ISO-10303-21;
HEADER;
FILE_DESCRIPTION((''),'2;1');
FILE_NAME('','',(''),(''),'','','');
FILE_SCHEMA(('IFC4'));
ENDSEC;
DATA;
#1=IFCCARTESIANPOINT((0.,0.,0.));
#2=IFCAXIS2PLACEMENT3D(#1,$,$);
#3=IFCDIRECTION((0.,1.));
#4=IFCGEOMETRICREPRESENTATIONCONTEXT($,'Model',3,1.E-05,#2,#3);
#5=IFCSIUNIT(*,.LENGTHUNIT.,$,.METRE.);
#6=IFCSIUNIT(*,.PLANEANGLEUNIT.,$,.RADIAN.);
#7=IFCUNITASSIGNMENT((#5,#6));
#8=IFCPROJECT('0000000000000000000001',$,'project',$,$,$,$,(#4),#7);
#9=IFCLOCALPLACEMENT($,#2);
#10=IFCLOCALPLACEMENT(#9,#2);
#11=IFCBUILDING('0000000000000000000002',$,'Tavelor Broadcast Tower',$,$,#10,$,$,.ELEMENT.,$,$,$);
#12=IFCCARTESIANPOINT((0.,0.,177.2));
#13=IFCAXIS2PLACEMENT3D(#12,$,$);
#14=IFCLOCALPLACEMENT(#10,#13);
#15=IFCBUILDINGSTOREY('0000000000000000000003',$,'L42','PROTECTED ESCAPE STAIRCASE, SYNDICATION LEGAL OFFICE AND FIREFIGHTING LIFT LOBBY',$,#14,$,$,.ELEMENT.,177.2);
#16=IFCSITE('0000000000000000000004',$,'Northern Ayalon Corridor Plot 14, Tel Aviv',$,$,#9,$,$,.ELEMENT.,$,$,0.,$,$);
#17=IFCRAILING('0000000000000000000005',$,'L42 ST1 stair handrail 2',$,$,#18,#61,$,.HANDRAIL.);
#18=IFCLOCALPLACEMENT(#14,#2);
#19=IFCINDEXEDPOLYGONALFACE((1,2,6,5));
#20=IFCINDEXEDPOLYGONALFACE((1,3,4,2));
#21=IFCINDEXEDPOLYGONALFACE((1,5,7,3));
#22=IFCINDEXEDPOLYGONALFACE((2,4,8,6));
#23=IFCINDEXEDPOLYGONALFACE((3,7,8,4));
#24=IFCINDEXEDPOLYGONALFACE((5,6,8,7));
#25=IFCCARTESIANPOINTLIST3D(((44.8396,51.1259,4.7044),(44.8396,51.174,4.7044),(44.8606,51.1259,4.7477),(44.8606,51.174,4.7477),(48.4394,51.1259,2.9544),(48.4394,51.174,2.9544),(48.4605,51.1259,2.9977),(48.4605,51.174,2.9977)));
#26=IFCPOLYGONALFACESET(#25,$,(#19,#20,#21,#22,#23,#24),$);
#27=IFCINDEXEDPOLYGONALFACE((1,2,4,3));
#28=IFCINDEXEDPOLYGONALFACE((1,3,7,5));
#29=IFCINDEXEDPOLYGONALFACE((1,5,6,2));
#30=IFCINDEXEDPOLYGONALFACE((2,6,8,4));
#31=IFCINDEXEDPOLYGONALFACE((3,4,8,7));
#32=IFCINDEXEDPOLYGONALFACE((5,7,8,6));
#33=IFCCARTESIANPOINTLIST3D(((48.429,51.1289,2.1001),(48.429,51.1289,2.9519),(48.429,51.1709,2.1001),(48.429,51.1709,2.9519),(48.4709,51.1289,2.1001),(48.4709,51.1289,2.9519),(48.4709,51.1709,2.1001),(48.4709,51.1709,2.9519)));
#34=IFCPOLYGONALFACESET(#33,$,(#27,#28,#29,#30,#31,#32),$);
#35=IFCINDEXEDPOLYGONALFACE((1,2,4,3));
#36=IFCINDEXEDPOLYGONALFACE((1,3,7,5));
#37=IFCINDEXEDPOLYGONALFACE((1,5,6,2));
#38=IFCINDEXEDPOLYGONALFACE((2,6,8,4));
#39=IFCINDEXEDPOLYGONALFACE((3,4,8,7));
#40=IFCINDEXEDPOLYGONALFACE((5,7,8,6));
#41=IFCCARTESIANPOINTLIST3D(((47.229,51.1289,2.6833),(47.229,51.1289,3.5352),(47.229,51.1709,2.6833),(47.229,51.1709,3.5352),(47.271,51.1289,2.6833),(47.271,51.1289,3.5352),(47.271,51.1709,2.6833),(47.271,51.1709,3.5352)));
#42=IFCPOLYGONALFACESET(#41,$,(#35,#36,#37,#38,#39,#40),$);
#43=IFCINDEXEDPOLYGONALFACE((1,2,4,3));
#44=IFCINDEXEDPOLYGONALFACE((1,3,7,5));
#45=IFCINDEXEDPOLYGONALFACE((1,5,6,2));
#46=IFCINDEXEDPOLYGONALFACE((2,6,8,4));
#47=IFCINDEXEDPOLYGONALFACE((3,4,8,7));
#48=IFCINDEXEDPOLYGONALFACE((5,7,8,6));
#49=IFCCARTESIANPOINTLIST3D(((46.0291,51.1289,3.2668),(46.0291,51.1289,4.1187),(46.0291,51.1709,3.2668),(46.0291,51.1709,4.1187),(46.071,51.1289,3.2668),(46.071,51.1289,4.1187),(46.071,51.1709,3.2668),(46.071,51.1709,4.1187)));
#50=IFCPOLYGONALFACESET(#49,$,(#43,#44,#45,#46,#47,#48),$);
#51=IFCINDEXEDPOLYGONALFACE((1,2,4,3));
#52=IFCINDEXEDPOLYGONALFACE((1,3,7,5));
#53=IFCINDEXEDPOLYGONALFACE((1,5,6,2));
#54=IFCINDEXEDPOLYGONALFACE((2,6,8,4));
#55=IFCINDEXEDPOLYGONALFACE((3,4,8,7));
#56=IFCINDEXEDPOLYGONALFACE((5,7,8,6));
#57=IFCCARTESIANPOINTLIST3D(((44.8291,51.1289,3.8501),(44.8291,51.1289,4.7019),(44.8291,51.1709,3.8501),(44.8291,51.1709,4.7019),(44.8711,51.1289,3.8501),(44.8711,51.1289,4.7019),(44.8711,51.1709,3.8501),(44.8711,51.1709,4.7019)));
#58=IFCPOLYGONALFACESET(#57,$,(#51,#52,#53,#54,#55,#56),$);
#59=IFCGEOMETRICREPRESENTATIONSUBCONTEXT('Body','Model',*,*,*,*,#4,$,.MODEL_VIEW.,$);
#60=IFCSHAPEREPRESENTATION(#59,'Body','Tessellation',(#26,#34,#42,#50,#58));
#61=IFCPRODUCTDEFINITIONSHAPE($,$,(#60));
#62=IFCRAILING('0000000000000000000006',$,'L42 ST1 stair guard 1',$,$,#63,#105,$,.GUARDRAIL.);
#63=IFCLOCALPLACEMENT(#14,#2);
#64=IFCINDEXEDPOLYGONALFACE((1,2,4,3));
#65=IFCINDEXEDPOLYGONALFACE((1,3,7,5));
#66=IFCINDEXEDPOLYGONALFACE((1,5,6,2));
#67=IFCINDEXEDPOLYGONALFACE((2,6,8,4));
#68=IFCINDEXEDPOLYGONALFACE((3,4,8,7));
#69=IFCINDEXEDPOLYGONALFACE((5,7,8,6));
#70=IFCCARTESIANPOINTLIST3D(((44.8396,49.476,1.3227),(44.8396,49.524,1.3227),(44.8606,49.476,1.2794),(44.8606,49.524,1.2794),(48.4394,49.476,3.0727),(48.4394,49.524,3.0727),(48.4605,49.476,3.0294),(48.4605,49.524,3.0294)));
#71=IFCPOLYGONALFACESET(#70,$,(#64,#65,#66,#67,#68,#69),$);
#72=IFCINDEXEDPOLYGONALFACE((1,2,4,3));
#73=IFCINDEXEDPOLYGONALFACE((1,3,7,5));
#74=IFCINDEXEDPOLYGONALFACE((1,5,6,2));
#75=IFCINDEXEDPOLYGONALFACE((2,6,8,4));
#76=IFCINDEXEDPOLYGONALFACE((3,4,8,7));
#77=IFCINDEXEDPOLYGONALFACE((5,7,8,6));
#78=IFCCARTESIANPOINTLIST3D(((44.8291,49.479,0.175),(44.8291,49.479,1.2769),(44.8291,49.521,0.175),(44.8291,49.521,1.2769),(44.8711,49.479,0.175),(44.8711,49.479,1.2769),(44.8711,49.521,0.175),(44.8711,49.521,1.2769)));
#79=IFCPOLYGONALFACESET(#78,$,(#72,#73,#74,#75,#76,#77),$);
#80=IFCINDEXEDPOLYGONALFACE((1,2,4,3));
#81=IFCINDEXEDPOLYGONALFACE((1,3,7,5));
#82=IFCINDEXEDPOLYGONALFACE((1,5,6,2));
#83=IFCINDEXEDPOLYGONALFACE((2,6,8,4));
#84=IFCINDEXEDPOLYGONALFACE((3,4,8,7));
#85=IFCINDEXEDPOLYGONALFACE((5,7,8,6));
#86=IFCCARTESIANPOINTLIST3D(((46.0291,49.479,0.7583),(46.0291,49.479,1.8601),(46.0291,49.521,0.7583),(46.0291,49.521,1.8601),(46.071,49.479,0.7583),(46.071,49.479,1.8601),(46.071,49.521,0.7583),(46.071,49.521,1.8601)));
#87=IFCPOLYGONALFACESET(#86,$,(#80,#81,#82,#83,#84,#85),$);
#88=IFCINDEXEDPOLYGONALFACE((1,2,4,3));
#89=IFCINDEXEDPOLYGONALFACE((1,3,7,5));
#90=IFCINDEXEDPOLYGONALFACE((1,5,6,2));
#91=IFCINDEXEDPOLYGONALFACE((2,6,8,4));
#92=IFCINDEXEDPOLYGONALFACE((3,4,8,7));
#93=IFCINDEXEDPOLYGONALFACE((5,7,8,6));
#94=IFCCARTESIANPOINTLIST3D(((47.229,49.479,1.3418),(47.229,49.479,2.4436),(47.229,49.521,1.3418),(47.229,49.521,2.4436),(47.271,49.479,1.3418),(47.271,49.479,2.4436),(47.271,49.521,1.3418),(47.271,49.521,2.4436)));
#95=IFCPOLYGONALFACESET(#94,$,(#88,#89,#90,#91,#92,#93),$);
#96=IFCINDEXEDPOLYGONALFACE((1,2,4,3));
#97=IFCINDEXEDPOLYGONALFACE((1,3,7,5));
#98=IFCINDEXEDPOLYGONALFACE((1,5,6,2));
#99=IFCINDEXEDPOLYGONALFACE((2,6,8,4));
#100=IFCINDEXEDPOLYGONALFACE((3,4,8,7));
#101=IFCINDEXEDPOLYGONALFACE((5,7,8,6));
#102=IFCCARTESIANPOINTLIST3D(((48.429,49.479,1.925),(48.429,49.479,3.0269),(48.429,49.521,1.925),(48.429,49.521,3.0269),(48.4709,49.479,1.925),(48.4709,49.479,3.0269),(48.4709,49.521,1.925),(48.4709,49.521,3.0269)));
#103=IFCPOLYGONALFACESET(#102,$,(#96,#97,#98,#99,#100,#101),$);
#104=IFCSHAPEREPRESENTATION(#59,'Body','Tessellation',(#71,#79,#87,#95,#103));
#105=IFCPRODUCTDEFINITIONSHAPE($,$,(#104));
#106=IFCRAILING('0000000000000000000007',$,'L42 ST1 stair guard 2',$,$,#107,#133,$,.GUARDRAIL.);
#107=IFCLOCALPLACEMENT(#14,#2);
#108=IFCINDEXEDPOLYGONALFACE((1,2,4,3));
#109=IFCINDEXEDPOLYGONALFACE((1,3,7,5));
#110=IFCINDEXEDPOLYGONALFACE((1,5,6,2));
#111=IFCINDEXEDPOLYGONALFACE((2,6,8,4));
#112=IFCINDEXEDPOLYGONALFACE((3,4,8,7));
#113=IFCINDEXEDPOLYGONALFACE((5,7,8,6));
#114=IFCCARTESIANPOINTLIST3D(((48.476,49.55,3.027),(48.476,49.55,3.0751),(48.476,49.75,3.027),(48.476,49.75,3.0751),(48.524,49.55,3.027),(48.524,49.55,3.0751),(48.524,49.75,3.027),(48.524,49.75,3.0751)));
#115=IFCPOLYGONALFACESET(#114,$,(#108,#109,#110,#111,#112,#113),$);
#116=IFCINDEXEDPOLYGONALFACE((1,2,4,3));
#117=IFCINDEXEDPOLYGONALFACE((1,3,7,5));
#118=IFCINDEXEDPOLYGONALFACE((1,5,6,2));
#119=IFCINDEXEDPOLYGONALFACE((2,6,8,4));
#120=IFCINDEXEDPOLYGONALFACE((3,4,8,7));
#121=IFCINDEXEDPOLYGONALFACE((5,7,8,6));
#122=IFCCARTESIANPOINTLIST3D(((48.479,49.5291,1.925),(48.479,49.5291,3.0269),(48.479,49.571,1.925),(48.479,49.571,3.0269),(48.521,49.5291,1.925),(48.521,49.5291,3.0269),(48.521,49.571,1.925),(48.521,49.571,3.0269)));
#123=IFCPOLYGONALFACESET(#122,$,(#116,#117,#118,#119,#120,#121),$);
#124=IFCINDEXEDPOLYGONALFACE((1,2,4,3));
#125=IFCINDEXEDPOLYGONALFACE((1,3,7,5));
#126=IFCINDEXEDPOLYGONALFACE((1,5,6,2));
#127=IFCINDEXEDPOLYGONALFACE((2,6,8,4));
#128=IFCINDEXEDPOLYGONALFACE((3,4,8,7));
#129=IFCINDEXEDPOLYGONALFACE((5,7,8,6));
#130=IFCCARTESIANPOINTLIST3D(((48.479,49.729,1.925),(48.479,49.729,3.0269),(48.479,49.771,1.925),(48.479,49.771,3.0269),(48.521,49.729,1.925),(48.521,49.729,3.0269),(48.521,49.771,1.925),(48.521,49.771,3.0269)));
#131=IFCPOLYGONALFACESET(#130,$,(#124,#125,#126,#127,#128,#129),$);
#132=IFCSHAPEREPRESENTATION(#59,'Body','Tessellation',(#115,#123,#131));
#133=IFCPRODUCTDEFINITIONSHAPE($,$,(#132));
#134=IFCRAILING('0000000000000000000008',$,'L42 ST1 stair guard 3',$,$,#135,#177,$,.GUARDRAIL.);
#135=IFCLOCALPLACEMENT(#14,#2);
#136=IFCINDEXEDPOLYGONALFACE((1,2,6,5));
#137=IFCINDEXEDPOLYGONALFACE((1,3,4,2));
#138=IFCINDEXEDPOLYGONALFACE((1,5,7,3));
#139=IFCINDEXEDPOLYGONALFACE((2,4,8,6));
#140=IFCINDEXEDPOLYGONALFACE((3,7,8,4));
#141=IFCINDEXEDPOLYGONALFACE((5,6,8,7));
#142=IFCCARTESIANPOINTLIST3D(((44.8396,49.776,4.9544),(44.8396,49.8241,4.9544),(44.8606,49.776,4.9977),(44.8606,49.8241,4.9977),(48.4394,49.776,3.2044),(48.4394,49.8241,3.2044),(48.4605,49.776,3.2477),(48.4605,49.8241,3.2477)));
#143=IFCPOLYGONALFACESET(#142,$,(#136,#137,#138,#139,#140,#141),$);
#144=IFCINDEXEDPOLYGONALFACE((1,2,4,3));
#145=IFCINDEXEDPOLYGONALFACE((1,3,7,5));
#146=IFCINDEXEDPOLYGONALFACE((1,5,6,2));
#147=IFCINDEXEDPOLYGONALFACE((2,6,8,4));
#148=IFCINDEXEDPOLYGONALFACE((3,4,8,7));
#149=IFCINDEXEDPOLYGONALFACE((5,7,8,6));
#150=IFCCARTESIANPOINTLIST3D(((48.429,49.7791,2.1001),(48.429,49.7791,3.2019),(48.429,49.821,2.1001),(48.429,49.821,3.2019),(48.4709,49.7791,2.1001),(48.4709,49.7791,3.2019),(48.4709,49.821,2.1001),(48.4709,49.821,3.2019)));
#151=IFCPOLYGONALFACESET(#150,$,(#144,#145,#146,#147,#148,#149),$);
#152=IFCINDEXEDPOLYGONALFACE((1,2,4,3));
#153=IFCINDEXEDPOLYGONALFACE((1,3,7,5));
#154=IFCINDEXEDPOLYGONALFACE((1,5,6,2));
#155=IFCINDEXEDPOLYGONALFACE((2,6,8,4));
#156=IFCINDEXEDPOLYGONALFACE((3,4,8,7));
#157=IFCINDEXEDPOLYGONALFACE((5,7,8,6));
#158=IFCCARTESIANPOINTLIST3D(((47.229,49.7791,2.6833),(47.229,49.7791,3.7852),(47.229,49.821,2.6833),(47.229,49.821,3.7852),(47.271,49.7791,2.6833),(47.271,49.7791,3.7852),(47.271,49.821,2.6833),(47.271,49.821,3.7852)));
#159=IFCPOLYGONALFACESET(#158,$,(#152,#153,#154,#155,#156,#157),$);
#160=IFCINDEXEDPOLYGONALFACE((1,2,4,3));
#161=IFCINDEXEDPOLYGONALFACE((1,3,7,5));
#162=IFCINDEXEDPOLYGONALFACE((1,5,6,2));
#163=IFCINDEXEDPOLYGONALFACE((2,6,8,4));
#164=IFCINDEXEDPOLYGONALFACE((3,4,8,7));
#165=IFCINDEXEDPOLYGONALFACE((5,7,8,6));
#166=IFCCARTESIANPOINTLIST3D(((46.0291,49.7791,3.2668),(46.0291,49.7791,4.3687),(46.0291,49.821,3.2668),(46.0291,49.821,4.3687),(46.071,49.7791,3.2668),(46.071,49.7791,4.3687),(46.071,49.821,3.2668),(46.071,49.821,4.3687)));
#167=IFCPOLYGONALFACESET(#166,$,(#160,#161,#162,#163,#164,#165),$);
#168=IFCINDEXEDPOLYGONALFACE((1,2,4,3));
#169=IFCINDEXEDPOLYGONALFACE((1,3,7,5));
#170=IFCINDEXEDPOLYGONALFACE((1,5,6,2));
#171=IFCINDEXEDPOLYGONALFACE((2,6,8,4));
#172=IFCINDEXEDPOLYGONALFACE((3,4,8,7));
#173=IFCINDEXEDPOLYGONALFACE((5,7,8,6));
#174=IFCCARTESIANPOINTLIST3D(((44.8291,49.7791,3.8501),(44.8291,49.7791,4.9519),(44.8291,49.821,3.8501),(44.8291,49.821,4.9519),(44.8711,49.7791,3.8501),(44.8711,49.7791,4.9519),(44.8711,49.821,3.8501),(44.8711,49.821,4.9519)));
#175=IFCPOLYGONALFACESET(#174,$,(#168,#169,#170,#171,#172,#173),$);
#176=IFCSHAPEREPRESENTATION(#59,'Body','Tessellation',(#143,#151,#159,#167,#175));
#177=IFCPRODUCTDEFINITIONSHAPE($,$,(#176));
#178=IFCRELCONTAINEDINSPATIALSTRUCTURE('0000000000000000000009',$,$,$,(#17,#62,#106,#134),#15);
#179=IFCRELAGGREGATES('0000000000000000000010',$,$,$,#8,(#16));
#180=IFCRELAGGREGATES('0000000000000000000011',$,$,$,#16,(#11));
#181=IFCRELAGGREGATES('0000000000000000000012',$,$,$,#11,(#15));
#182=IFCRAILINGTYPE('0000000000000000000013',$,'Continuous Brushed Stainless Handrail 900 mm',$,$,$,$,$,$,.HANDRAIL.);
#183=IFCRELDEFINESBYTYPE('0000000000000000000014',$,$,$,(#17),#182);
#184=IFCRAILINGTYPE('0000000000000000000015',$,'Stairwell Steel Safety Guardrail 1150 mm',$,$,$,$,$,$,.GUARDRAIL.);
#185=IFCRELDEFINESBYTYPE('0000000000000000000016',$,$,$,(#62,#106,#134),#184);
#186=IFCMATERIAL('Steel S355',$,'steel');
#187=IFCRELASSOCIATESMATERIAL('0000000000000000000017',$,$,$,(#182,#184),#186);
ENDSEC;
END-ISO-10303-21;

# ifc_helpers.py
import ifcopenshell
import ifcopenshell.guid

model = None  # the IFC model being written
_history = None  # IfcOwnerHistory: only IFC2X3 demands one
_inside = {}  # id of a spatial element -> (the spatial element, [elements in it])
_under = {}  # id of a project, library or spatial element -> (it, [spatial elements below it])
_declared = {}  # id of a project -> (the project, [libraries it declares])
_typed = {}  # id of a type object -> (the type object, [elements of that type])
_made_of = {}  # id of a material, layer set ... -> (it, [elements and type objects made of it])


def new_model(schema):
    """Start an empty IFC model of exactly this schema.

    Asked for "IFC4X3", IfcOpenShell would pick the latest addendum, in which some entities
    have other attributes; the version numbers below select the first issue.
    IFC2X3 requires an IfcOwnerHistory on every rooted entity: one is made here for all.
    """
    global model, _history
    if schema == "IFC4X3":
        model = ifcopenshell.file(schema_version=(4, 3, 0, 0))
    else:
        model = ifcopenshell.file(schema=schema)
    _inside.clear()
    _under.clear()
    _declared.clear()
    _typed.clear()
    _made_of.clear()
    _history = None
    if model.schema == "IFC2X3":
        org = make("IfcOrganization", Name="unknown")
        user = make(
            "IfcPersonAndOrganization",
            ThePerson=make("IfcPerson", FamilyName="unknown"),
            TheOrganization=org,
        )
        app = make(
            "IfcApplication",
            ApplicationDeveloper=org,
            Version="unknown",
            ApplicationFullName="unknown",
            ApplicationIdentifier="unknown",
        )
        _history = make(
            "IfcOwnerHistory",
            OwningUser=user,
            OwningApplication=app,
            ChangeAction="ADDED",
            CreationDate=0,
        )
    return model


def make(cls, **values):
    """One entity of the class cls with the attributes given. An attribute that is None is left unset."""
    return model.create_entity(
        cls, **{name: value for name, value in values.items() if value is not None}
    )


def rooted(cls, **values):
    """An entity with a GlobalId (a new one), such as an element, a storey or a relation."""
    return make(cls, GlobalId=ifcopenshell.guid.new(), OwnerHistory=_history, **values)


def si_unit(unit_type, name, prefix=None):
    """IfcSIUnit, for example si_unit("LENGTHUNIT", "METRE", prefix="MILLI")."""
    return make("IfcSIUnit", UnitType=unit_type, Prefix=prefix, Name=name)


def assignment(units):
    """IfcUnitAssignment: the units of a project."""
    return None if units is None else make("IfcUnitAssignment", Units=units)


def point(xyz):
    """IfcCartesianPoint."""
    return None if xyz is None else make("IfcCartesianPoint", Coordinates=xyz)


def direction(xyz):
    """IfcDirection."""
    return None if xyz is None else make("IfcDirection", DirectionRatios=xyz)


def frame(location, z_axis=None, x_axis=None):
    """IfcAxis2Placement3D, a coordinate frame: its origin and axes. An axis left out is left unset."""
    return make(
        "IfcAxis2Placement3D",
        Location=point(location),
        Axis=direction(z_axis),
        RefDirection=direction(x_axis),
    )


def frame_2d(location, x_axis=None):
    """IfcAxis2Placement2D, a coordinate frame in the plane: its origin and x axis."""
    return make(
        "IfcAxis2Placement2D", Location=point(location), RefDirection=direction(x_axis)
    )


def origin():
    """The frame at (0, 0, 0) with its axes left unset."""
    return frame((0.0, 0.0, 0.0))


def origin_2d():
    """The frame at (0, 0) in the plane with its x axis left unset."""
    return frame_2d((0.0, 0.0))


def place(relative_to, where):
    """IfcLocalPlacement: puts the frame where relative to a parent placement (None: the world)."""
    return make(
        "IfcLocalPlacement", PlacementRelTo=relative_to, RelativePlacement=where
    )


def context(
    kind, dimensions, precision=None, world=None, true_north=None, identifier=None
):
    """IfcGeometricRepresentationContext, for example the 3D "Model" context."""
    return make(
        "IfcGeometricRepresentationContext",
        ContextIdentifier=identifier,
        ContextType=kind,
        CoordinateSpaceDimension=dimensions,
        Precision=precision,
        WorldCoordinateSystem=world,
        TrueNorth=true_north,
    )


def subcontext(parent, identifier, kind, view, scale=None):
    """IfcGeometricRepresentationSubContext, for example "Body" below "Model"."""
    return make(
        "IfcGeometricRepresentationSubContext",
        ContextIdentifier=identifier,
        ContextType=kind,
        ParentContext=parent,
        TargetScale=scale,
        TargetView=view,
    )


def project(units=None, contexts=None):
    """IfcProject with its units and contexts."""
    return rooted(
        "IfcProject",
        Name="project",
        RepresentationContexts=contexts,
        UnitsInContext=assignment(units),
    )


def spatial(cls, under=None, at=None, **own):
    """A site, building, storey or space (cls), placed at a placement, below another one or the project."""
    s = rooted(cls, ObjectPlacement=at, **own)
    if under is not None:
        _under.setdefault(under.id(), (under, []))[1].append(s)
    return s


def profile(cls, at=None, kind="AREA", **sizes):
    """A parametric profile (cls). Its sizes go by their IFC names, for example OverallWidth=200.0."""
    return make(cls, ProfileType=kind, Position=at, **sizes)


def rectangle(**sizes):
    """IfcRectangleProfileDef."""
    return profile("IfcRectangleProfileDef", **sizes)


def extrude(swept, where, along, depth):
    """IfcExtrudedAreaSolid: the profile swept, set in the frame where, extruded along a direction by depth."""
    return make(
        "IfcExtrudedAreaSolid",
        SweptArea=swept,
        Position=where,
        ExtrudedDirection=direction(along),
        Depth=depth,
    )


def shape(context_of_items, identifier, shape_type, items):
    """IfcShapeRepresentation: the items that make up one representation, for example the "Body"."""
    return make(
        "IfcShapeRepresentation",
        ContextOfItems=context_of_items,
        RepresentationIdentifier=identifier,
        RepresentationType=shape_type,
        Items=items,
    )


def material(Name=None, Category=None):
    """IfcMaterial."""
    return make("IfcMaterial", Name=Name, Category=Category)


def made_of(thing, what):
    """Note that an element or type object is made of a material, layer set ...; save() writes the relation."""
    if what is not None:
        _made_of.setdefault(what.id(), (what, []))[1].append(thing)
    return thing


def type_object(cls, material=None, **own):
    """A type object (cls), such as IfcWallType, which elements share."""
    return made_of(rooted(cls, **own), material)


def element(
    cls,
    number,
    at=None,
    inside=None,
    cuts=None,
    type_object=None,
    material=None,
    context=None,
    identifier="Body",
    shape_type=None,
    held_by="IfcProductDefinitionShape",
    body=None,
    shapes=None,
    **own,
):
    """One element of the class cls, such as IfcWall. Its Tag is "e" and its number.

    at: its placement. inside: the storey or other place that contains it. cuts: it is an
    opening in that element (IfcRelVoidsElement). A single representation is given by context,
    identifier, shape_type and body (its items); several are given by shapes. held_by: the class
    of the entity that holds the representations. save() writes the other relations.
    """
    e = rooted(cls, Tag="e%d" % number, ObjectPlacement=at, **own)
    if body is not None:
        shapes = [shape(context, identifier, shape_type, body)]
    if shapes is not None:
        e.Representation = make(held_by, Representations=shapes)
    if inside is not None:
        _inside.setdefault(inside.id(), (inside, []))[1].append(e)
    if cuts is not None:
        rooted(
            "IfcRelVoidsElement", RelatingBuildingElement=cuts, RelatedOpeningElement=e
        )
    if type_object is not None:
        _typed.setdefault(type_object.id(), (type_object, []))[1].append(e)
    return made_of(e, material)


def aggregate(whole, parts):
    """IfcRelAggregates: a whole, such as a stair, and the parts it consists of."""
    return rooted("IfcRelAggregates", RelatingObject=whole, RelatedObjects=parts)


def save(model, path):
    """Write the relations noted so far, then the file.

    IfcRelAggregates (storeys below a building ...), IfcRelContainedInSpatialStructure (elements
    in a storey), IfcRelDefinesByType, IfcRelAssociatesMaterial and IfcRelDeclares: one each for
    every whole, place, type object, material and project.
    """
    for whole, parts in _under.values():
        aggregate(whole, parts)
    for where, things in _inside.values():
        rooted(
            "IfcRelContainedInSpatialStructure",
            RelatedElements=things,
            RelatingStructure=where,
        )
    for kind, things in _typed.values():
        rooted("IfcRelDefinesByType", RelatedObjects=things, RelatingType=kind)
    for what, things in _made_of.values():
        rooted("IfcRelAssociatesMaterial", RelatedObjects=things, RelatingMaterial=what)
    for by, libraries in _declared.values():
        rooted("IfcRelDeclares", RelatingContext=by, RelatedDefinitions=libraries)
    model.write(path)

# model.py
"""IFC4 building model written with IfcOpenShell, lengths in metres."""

from ifc_helpers import new_model, si_unit, direction, frame, origin, origin_2d, place, context, subcontext, project, spatial, rectangle, extrude, material, type_object, element, save


model = new_model("IFC4")

# Units and contexts
model_context = context("Model", 3, precision=1e-05, world=origin(), true_north=direction((0.0, 1.0)))
body_context = subcontext(model_context, "Body", "Model", "MODEL_VIEW")
ifc_project = project(units=[si_unit("LENGTHUNIT", "METRE"), si_unit("PLANEANGLEUNIT", "RADIAN")], contexts=[model_context])

# Site, building, storey
site_placement = place(None, origin())
site = spatial("IfcSite", under=ifc_project, at=site_placement, Name="Northern Ayalon Corridor Plot 14, Tel Aviv", CompositionType="ELEMENT", RefElevation=0.0)
building_placement = place(site_placement, origin())
building = spatial("IfcBuilding", under=site, at=building_placement, Name="Tavelor Broadcast Tower", CompositionType="ELEMENT")
storey_placement = place(building_placement, frame((0.0, 0.0, 177.2)))
storey = spatial("IfcBuildingStorey", under=building, at=storey_placement, Name="L42", Description="PROTECTED ESCAPE STAIRCASE, SYNDICATION LEGAL OFFICE AND FIREFIGHTING LIFT LOBBY", CompositionType="ELEMENT", Elevation=177.2)

# Shared definitions
ifc_material_1 = material(Name="Steel S355", Category="steel")

# Railings
railing_type_1 = type_object("IfcRailingType", Name="Continuous Brushed Stainless Handrail 900 mm", PredefinedType="HANDRAIL", material=ifc_material_1)
railing_1_placement = place(storey_placement, frame((48.45, 51.1499, 2.1001)))
element("IfcRailing", 1, at=railing_1_placement, inside=storey, type_object=railing_type_1, Name="L42 ST1 stair handrail 2", PredefinedType="HANDRAIL", context=body_context, shape_type="SweptSolid", body=[
    extrude(rectangle(XDim=0.0481, YDim=0.0481, at=origin_2d()), frame((0.0, 0.0, 0.876), z_axis=(-0.899361, 0.0, 0.437207), x_axis=(0.0, -1.0, 0.0)), (0.0, 0.0, 1.0), 4.0027),
    extrude(rectangle(XDim=0.042, YDim=0.042, at=origin_2d()), origin(), (0.0, 0.0, 1.0), 0.8518),
    extrude(rectangle(XDim=0.042, YDim=0.042, at=origin_2d()), frame((-1.2, 0.0, 0.5833)), (0.0, 0.0, 1.0), 0.8518),
    extrude(rectangle(XDim=0.042, YDim=0.042, at=origin_2d()), frame((-2.3999, 0.0, 1.1667)), (0.0, 0.0, 1.0), 0.8518),
    extrude(rectangle(XDim=0.042, YDim=0.042, at=origin_2d()), frame((-3.5999, 0.0, 1.75)), (0.0, 0.0, 1.0), 0.8518),
])
railing_type_2 = type_object("IfcRailingType", Name="Stairwell Steel Safety Guardrail 1150 mm", PredefinedType="GUARDRAIL", material=ifc_material_1)
railing_2_placement = place(storey_placement, frame((44.8501, 49.5, 0.175)))
element("IfcRailing", 2, at=railing_2_placement, inside=storey, type_object=railing_type_2, Name="L42 ST1 stair guard 1", PredefinedType="GUARDRAIL", context=body_context, shape_type="SweptSolid", body=[
    extrude(rectangle(XDim=0.0481, YDim=0.0481, at=origin_2d()), frame((0.0, 0.0, 1.126), z_axis=(0.899361, 0.0, 0.437207), x_axis=(0.0, 1.0, 0.0)), (0.0, 0.0, 1.0), 4.0027),
    extrude(rectangle(XDim=0.042, YDim=0.042, at=origin_2d()), origin(), (0.0, 0.0, 1.0), 1.1018),
    extrude(rectangle(XDim=0.042, YDim=0.042, at=origin_2d()), frame((1.2, 0.0, 0.5833)), (0.0, 0.0, 1.0), 1.1018),
    extrude(rectangle(XDim=0.042, YDim=0.042, at=origin_2d()), frame((2.3999, 0.0, 1.1667)), (0.0, 0.0, 1.0), 1.1018),
    extrude(rectangle(XDim=0.042, YDim=0.042, at=origin_2d()), frame((3.5999, 0.0, 1.75)), (0.0, 0.0, 1.0), 1.1018),
])
railing_3_placement = place(storey_placement, frame((48.5, 49.55, 1.925)))
element("IfcRailing", 3, at=railing_3_placement, inside=storey, type_object=railing_type_2, Name="L42 ST1 stair guard 2", PredefinedType="GUARDRAIL", context=body_context, shape_type="SweptSolid", body=[
    extrude(rectangle(XDim=0.0481, YDim=0.0481, at=origin_2d()), frame((0.0, 0.0, 1.126), z_axis=(0.0, 1.0, 0.0), x_axis=(-1.0, 0.0, 0.0)), (0.0, 0.0, 1.0), 0.2),
    extrude(rectangle(XDim=0.042, YDim=0.042, at=origin_2d()), origin(), (0.0, 0.0, 1.0), 1.1018),
    extrude(rectangle(XDim=0.042, YDim=0.042, at=origin_2d()), frame((0.0, 0.2, 0.0)), (0.0, 0.0, 1.0), 1.1018),
])
railing_4_placement = place(storey_placement, frame((48.45, 49.8, 2.1001)))
element("IfcRailing", 4, at=railing_4_placement, inside=storey, type_object=railing_type_2, Name="L42 ST1 stair guard 3", PredefinedType="GUARDRAIL", context=body_context, shape_type="SweptSolid", body=[
    extrude(rectangle(XDim=0.0481, YDim=0.0481, at=origin_2d()), frame((0.0, 0.0, 1.126), z_axis=(-0.899361, 0.0, 0.437207), x_axis=(0.0, -1.0, 0.0)), (0.0, 0.0, 1.0), 4.0027),
    extrude(rectangle(XDim=0.042, YDim=0.042, at=origin_2d()), origin(), (0.0, 0.0, 1.0), 1.1018),
    extrude(rectangle(XDim=0.042, YDim=0.042, at=origin_2d()), frame((-1.2, 0.0, 0.5833)), (0.0, 0.0, 1.0), 1.1018),
    extrude(rectangle(XDim=0.042, YDim=0.042, at=origin_2d()), frame((-2.3999, 0.0, 1.1667)), (0.0, 0.0, 1.0), 1.1018),
    extrude(rectangle(XDim=0.042, YDim=0.042, at=origin_2d()), frame((-3.5999, 0.0, 1.75)), (0.0, 0.0, 1.0), 1.1018),
])

save(model, "model.ifc")
